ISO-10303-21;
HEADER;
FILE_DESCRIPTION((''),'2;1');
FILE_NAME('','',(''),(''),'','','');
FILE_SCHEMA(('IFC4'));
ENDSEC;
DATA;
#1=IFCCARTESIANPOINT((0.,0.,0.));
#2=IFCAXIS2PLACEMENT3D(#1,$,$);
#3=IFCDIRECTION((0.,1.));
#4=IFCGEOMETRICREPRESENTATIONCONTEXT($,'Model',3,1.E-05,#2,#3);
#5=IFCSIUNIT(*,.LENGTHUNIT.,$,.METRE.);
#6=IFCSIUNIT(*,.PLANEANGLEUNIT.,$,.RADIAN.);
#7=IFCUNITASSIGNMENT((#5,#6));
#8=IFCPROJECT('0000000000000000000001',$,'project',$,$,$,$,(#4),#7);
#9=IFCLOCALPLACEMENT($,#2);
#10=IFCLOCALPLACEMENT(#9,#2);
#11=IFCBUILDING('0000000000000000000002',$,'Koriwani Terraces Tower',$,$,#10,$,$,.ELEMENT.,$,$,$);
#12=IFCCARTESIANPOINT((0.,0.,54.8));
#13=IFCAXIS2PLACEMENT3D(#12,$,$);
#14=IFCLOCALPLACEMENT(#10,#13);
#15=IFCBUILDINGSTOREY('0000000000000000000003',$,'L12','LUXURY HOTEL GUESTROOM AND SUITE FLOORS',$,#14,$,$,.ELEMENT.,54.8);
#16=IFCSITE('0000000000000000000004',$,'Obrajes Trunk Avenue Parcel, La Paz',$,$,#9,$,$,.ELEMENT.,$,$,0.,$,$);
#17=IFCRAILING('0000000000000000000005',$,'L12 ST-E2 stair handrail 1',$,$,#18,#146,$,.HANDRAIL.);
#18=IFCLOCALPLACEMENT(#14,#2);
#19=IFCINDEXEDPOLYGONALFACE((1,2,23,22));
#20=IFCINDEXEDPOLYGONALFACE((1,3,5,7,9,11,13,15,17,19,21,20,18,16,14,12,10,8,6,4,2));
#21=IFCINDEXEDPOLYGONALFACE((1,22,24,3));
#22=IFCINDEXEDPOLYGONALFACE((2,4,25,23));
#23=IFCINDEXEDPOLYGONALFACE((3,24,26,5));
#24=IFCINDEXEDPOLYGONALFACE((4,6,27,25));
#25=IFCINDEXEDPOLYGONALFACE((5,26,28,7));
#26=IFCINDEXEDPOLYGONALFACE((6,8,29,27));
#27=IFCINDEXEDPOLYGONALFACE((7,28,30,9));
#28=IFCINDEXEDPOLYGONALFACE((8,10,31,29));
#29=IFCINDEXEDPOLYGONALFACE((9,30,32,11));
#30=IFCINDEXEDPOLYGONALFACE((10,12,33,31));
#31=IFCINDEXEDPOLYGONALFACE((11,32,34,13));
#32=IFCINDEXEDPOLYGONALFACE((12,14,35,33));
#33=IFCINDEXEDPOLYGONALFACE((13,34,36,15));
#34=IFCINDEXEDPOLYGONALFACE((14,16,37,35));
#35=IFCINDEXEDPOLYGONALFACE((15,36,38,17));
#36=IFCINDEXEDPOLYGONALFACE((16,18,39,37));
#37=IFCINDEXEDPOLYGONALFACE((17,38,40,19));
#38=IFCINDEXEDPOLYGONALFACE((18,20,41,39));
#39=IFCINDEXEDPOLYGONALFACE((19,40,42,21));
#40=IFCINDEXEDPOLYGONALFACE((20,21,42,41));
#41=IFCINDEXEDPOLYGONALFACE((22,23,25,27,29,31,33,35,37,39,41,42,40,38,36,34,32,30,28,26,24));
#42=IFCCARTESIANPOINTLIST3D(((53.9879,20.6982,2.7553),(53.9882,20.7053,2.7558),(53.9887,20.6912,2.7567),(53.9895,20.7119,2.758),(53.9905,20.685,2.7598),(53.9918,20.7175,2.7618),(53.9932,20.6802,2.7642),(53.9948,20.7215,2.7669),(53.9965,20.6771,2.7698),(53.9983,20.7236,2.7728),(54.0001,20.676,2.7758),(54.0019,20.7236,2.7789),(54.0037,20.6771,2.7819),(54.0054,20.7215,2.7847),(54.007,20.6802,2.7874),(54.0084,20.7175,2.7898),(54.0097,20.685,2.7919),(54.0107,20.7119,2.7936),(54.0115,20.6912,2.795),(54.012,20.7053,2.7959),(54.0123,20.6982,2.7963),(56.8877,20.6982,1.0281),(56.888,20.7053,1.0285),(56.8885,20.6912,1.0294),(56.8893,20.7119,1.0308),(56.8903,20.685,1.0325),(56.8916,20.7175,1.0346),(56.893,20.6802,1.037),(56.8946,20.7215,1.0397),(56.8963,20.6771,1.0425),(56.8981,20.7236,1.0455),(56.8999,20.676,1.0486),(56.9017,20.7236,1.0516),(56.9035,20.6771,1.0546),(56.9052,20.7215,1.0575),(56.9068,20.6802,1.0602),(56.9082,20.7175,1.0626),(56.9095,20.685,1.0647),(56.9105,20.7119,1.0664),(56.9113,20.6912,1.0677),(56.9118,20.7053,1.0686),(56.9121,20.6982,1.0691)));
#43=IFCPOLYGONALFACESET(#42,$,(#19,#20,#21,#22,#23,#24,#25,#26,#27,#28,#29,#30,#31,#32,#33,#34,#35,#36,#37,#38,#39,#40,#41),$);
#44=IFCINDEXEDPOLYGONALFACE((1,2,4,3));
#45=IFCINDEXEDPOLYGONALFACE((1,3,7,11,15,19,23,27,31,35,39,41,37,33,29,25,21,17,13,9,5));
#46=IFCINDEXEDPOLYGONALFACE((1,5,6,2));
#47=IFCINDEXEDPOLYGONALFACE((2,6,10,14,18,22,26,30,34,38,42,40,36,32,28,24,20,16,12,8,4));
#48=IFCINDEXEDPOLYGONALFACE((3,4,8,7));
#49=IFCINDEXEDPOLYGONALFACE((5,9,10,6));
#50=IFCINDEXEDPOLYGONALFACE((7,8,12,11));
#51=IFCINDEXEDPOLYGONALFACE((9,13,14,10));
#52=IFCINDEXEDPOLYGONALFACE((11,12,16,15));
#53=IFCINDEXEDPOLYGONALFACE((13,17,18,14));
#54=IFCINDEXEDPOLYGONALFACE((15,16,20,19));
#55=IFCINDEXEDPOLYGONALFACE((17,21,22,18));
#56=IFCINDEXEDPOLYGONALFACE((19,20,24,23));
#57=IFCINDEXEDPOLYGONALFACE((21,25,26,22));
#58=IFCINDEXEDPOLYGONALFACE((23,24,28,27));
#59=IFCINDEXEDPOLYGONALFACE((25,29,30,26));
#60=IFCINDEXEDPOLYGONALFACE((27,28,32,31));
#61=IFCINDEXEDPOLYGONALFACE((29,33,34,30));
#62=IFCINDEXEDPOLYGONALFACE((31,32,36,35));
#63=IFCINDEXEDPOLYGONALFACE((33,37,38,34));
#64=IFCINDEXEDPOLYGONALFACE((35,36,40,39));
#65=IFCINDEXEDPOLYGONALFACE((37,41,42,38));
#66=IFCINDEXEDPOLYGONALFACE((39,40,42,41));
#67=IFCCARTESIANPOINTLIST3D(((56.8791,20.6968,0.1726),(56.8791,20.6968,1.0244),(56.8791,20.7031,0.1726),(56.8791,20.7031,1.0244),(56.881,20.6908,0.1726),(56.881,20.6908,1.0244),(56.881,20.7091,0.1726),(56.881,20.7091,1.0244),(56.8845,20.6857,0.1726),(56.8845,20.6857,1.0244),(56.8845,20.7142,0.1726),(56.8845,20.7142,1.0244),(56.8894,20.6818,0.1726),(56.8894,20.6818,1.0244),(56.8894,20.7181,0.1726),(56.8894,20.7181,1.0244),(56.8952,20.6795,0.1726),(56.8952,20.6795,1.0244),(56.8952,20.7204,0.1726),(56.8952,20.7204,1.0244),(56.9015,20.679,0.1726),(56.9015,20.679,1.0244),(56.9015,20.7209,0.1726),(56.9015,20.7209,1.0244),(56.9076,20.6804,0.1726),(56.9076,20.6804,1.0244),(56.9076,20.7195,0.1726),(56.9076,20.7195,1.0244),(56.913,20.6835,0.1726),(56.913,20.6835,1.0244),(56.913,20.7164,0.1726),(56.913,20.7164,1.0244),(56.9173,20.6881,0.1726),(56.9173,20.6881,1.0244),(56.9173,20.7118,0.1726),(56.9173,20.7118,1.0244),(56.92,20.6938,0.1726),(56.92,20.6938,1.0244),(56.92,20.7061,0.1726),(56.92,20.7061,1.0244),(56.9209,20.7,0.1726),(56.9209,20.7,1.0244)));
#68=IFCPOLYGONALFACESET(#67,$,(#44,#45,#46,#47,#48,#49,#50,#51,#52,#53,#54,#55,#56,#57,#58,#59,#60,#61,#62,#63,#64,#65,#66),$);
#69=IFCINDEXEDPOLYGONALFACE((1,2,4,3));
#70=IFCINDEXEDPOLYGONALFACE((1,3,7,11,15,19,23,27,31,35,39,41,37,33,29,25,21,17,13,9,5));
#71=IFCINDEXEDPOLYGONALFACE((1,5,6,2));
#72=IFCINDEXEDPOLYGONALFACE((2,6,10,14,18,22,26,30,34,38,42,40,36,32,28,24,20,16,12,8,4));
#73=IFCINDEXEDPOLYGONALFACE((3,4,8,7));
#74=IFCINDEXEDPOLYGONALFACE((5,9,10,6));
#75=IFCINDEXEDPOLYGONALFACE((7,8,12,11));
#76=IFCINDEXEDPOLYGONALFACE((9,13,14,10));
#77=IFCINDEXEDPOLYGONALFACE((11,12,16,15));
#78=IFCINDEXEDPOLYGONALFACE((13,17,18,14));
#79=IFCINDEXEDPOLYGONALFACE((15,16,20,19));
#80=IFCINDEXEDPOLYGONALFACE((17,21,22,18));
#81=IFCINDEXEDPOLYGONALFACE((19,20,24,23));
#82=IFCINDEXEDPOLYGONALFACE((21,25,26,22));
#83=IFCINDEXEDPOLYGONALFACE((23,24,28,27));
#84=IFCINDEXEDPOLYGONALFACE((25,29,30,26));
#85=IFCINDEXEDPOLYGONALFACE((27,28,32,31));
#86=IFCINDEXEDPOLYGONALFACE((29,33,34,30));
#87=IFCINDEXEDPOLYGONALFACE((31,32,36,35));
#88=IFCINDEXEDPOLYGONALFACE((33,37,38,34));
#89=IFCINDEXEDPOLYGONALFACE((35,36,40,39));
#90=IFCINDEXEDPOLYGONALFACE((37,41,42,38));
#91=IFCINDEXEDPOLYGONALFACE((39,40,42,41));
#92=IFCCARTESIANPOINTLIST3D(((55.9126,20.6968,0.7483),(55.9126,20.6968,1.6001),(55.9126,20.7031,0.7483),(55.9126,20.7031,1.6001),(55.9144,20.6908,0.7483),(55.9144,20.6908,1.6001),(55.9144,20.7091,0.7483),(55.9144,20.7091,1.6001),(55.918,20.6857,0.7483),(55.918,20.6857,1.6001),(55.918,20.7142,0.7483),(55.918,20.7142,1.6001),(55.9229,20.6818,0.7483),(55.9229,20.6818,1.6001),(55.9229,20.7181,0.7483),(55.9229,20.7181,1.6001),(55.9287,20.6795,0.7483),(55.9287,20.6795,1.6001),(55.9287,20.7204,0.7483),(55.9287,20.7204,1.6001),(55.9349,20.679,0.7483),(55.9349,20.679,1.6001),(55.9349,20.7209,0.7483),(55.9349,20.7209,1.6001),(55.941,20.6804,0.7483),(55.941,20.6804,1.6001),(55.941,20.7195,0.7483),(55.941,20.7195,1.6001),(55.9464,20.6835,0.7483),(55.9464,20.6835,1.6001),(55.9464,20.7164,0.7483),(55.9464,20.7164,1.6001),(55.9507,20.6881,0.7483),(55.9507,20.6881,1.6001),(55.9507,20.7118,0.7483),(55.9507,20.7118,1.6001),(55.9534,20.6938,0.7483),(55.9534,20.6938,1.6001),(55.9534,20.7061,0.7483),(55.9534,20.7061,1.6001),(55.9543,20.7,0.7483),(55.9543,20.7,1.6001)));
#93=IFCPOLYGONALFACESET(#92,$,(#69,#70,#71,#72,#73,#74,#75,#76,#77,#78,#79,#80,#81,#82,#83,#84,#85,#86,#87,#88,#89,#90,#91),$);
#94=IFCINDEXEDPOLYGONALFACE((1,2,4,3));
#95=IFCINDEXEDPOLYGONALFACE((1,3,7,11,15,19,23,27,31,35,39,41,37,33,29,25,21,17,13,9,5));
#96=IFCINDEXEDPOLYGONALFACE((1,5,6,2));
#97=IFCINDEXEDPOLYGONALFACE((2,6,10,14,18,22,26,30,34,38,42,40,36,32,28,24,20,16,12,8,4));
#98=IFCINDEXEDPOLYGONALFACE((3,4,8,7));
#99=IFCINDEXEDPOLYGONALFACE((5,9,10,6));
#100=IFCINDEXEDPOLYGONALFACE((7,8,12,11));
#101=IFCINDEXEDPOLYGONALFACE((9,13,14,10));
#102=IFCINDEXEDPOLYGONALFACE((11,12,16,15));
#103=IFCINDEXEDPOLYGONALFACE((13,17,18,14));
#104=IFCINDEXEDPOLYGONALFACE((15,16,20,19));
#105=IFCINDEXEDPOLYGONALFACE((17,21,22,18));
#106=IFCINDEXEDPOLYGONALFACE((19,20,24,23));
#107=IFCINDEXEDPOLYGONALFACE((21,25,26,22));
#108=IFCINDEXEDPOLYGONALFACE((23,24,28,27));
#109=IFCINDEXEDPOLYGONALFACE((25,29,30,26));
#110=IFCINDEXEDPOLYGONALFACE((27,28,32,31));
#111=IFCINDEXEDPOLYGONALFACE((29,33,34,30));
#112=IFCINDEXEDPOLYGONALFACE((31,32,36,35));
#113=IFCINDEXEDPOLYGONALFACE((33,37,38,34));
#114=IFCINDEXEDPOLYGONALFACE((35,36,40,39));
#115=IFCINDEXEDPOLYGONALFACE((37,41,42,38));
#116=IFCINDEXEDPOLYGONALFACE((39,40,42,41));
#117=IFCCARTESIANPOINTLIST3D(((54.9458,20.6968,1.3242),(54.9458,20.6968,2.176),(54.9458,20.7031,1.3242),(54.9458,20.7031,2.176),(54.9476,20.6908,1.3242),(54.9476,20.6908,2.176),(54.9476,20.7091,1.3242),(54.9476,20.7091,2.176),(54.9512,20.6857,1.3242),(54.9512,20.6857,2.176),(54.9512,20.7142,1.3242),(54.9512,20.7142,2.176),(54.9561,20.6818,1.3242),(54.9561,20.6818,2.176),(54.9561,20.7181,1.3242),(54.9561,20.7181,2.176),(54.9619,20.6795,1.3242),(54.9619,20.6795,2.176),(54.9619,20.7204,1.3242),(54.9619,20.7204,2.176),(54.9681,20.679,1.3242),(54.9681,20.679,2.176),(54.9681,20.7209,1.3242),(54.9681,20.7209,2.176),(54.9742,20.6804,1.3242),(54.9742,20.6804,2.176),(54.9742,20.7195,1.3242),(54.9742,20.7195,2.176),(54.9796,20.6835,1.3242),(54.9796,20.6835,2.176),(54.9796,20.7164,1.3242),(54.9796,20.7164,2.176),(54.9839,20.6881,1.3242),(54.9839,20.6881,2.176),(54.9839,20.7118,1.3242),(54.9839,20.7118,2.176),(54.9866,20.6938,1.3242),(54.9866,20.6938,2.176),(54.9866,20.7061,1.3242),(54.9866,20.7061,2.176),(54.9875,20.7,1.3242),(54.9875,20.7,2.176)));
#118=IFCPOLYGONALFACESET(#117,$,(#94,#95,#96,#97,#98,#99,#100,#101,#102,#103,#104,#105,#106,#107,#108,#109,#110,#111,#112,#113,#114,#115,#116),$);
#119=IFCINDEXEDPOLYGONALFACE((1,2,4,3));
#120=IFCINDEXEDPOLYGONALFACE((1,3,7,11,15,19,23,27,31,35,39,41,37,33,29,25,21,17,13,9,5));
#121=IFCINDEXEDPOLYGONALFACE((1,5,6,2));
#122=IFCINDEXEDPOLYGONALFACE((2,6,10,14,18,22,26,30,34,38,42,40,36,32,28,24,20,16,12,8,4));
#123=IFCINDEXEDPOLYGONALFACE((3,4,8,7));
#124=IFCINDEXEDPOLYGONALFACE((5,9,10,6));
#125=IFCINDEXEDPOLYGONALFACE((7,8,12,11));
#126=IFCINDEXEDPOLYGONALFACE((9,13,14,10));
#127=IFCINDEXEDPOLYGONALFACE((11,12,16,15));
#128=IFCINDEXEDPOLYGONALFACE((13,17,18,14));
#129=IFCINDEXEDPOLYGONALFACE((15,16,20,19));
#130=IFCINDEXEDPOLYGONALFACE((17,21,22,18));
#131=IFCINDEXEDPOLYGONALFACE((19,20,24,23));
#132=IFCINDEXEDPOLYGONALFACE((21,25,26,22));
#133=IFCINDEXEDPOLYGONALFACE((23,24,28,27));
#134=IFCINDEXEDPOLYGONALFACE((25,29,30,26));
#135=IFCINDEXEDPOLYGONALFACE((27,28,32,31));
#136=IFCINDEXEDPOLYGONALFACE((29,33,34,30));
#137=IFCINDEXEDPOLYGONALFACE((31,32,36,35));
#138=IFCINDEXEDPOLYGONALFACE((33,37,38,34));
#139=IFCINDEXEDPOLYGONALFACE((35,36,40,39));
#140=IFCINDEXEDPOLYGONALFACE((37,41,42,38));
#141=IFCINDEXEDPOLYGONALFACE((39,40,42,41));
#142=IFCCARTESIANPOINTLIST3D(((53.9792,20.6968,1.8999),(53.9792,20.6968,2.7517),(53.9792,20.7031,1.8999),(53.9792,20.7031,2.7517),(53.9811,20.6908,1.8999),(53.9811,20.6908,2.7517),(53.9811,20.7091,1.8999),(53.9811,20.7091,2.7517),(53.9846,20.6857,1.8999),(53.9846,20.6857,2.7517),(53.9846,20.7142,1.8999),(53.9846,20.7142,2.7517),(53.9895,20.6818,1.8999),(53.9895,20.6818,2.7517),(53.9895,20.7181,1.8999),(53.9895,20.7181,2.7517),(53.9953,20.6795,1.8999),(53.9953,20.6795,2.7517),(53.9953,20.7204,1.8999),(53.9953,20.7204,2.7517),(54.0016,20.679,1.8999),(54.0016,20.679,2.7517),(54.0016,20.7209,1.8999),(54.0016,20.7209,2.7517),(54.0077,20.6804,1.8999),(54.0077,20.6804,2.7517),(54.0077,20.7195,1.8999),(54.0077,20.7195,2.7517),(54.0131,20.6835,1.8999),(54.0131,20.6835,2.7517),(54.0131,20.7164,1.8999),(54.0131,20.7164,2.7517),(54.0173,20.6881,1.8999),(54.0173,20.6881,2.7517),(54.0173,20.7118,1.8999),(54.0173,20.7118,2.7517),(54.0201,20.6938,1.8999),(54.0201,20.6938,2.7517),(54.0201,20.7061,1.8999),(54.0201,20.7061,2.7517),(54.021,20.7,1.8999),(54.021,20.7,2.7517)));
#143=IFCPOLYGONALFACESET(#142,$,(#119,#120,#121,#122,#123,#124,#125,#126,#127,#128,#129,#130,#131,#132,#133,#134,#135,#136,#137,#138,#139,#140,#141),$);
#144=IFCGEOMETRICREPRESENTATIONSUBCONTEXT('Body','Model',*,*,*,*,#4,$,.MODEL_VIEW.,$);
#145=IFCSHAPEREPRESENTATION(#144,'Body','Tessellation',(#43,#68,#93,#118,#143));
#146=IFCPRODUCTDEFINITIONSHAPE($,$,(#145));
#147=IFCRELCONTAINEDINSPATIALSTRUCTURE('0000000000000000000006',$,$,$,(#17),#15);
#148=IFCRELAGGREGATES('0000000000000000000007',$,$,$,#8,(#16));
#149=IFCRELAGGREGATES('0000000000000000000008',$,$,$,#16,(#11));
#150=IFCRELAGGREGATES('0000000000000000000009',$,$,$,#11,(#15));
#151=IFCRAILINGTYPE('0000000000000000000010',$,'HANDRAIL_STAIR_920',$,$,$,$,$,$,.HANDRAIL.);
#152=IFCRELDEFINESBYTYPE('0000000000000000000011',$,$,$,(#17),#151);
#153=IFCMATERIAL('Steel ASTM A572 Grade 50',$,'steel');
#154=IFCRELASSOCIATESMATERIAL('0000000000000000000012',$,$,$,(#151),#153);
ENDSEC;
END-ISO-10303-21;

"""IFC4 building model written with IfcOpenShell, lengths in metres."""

from ifc_helpers import new_model, si_unit, direction, frame, origin, origin_2d, place, context, subcontext, project, spatial, circle, extrude, material, type_object, element, save


model = new_model("IFC4")

# Units and contexts
model_context = context("Model", 3, precision=1e-05, world=origin(), true_north=direction((0.0, 1.0)))
body_context = subcontext(model_context, "Body", "Model", "MODEL_VIEW")
ifc_project = project(units=[si_unit("LENGTHUNIT", "METRE"), si_unit("PLANEANGLEUNIT", "RADIAN")], contexts=[model_context])

# Site, building, storey
site_placement = place(None, origin())
site = spatial("IfcSite", under=ifc_project, at=site_placement, Name="Obrajes Trunk Avenue Parcel, La Paz", CompositionType="ELEMENT", RefElevation=0.0)
building_placement = place(site_placement, origin())
building = spatial("IfcBuilding", under=site, at=building_placement, Name="Koriwani Terraces Tower", CompositionType="ELEMENT")
storey_placement = place(building_placement, frame((0.0, 0.0, 54.8)))
storey = spatial("IfcBuildingStorey", under=building, at=storey_placement, Name="L12", Description="LUXURY HOTEL GUESTROOM AND SUITE FLOORS", CompositionType="ELEMENT", Elevation=54.8)

# Shared definitions
ifc_material_1 = material(Name="Steel ASTM A572 Grade 50", Category="steel")

# Railing
railing_type_1 = type_object("IfcRailingType", Name="HANDRAIL_STAIR_920", PredefinedType="HANDRAIL", material=ifc_material_1)
railing_1_placement = place(storey_placement, frame((56.8999, 20.7, 0.1726)))
element("IfcRailing", 1, at=railing_1_placement, inside=storey, type_object=railing_type_1, Name="L12 ST-E2 stair handrail 1", PredefinedType="HANDRAIL", context=body_context, shape_type="SweptSolid", body=[
    extrude(circle(Radius=0.0239, at=origin_2d()), frame((0.0, 0.0, 0.876), z_axis=(-0.859141, 0.0, 0.511738), x_axis=(0.0, -1.0, 0.0)), (0.0, 0.0, 1.0), 3.3752),
    extrude(circle(Radius=0.021, at=origin_2d()), origin(), (0.0, 0.0, 1.0), 0.8518),
    extrude(circle(Radius=0.021, at=origin_2d()), frame((-0.9666, 0.0, 0.5757)), (0.0, 0.0, 1.0), 0.8518),
    extrude(circle(Radius=0.021, at=origin_2d()), frame((-1.9333, 0.0, 1.1516)), (0.0, 0.0, 1.0), 0.8518),
    extrude(circle(Radius=0.021, at=origin_2d()), frame((-2.8999, 0.0, 1.7273)), (0.0, 0.0, 1.0), 0.8518),
])

save(model, "model.ifc")
